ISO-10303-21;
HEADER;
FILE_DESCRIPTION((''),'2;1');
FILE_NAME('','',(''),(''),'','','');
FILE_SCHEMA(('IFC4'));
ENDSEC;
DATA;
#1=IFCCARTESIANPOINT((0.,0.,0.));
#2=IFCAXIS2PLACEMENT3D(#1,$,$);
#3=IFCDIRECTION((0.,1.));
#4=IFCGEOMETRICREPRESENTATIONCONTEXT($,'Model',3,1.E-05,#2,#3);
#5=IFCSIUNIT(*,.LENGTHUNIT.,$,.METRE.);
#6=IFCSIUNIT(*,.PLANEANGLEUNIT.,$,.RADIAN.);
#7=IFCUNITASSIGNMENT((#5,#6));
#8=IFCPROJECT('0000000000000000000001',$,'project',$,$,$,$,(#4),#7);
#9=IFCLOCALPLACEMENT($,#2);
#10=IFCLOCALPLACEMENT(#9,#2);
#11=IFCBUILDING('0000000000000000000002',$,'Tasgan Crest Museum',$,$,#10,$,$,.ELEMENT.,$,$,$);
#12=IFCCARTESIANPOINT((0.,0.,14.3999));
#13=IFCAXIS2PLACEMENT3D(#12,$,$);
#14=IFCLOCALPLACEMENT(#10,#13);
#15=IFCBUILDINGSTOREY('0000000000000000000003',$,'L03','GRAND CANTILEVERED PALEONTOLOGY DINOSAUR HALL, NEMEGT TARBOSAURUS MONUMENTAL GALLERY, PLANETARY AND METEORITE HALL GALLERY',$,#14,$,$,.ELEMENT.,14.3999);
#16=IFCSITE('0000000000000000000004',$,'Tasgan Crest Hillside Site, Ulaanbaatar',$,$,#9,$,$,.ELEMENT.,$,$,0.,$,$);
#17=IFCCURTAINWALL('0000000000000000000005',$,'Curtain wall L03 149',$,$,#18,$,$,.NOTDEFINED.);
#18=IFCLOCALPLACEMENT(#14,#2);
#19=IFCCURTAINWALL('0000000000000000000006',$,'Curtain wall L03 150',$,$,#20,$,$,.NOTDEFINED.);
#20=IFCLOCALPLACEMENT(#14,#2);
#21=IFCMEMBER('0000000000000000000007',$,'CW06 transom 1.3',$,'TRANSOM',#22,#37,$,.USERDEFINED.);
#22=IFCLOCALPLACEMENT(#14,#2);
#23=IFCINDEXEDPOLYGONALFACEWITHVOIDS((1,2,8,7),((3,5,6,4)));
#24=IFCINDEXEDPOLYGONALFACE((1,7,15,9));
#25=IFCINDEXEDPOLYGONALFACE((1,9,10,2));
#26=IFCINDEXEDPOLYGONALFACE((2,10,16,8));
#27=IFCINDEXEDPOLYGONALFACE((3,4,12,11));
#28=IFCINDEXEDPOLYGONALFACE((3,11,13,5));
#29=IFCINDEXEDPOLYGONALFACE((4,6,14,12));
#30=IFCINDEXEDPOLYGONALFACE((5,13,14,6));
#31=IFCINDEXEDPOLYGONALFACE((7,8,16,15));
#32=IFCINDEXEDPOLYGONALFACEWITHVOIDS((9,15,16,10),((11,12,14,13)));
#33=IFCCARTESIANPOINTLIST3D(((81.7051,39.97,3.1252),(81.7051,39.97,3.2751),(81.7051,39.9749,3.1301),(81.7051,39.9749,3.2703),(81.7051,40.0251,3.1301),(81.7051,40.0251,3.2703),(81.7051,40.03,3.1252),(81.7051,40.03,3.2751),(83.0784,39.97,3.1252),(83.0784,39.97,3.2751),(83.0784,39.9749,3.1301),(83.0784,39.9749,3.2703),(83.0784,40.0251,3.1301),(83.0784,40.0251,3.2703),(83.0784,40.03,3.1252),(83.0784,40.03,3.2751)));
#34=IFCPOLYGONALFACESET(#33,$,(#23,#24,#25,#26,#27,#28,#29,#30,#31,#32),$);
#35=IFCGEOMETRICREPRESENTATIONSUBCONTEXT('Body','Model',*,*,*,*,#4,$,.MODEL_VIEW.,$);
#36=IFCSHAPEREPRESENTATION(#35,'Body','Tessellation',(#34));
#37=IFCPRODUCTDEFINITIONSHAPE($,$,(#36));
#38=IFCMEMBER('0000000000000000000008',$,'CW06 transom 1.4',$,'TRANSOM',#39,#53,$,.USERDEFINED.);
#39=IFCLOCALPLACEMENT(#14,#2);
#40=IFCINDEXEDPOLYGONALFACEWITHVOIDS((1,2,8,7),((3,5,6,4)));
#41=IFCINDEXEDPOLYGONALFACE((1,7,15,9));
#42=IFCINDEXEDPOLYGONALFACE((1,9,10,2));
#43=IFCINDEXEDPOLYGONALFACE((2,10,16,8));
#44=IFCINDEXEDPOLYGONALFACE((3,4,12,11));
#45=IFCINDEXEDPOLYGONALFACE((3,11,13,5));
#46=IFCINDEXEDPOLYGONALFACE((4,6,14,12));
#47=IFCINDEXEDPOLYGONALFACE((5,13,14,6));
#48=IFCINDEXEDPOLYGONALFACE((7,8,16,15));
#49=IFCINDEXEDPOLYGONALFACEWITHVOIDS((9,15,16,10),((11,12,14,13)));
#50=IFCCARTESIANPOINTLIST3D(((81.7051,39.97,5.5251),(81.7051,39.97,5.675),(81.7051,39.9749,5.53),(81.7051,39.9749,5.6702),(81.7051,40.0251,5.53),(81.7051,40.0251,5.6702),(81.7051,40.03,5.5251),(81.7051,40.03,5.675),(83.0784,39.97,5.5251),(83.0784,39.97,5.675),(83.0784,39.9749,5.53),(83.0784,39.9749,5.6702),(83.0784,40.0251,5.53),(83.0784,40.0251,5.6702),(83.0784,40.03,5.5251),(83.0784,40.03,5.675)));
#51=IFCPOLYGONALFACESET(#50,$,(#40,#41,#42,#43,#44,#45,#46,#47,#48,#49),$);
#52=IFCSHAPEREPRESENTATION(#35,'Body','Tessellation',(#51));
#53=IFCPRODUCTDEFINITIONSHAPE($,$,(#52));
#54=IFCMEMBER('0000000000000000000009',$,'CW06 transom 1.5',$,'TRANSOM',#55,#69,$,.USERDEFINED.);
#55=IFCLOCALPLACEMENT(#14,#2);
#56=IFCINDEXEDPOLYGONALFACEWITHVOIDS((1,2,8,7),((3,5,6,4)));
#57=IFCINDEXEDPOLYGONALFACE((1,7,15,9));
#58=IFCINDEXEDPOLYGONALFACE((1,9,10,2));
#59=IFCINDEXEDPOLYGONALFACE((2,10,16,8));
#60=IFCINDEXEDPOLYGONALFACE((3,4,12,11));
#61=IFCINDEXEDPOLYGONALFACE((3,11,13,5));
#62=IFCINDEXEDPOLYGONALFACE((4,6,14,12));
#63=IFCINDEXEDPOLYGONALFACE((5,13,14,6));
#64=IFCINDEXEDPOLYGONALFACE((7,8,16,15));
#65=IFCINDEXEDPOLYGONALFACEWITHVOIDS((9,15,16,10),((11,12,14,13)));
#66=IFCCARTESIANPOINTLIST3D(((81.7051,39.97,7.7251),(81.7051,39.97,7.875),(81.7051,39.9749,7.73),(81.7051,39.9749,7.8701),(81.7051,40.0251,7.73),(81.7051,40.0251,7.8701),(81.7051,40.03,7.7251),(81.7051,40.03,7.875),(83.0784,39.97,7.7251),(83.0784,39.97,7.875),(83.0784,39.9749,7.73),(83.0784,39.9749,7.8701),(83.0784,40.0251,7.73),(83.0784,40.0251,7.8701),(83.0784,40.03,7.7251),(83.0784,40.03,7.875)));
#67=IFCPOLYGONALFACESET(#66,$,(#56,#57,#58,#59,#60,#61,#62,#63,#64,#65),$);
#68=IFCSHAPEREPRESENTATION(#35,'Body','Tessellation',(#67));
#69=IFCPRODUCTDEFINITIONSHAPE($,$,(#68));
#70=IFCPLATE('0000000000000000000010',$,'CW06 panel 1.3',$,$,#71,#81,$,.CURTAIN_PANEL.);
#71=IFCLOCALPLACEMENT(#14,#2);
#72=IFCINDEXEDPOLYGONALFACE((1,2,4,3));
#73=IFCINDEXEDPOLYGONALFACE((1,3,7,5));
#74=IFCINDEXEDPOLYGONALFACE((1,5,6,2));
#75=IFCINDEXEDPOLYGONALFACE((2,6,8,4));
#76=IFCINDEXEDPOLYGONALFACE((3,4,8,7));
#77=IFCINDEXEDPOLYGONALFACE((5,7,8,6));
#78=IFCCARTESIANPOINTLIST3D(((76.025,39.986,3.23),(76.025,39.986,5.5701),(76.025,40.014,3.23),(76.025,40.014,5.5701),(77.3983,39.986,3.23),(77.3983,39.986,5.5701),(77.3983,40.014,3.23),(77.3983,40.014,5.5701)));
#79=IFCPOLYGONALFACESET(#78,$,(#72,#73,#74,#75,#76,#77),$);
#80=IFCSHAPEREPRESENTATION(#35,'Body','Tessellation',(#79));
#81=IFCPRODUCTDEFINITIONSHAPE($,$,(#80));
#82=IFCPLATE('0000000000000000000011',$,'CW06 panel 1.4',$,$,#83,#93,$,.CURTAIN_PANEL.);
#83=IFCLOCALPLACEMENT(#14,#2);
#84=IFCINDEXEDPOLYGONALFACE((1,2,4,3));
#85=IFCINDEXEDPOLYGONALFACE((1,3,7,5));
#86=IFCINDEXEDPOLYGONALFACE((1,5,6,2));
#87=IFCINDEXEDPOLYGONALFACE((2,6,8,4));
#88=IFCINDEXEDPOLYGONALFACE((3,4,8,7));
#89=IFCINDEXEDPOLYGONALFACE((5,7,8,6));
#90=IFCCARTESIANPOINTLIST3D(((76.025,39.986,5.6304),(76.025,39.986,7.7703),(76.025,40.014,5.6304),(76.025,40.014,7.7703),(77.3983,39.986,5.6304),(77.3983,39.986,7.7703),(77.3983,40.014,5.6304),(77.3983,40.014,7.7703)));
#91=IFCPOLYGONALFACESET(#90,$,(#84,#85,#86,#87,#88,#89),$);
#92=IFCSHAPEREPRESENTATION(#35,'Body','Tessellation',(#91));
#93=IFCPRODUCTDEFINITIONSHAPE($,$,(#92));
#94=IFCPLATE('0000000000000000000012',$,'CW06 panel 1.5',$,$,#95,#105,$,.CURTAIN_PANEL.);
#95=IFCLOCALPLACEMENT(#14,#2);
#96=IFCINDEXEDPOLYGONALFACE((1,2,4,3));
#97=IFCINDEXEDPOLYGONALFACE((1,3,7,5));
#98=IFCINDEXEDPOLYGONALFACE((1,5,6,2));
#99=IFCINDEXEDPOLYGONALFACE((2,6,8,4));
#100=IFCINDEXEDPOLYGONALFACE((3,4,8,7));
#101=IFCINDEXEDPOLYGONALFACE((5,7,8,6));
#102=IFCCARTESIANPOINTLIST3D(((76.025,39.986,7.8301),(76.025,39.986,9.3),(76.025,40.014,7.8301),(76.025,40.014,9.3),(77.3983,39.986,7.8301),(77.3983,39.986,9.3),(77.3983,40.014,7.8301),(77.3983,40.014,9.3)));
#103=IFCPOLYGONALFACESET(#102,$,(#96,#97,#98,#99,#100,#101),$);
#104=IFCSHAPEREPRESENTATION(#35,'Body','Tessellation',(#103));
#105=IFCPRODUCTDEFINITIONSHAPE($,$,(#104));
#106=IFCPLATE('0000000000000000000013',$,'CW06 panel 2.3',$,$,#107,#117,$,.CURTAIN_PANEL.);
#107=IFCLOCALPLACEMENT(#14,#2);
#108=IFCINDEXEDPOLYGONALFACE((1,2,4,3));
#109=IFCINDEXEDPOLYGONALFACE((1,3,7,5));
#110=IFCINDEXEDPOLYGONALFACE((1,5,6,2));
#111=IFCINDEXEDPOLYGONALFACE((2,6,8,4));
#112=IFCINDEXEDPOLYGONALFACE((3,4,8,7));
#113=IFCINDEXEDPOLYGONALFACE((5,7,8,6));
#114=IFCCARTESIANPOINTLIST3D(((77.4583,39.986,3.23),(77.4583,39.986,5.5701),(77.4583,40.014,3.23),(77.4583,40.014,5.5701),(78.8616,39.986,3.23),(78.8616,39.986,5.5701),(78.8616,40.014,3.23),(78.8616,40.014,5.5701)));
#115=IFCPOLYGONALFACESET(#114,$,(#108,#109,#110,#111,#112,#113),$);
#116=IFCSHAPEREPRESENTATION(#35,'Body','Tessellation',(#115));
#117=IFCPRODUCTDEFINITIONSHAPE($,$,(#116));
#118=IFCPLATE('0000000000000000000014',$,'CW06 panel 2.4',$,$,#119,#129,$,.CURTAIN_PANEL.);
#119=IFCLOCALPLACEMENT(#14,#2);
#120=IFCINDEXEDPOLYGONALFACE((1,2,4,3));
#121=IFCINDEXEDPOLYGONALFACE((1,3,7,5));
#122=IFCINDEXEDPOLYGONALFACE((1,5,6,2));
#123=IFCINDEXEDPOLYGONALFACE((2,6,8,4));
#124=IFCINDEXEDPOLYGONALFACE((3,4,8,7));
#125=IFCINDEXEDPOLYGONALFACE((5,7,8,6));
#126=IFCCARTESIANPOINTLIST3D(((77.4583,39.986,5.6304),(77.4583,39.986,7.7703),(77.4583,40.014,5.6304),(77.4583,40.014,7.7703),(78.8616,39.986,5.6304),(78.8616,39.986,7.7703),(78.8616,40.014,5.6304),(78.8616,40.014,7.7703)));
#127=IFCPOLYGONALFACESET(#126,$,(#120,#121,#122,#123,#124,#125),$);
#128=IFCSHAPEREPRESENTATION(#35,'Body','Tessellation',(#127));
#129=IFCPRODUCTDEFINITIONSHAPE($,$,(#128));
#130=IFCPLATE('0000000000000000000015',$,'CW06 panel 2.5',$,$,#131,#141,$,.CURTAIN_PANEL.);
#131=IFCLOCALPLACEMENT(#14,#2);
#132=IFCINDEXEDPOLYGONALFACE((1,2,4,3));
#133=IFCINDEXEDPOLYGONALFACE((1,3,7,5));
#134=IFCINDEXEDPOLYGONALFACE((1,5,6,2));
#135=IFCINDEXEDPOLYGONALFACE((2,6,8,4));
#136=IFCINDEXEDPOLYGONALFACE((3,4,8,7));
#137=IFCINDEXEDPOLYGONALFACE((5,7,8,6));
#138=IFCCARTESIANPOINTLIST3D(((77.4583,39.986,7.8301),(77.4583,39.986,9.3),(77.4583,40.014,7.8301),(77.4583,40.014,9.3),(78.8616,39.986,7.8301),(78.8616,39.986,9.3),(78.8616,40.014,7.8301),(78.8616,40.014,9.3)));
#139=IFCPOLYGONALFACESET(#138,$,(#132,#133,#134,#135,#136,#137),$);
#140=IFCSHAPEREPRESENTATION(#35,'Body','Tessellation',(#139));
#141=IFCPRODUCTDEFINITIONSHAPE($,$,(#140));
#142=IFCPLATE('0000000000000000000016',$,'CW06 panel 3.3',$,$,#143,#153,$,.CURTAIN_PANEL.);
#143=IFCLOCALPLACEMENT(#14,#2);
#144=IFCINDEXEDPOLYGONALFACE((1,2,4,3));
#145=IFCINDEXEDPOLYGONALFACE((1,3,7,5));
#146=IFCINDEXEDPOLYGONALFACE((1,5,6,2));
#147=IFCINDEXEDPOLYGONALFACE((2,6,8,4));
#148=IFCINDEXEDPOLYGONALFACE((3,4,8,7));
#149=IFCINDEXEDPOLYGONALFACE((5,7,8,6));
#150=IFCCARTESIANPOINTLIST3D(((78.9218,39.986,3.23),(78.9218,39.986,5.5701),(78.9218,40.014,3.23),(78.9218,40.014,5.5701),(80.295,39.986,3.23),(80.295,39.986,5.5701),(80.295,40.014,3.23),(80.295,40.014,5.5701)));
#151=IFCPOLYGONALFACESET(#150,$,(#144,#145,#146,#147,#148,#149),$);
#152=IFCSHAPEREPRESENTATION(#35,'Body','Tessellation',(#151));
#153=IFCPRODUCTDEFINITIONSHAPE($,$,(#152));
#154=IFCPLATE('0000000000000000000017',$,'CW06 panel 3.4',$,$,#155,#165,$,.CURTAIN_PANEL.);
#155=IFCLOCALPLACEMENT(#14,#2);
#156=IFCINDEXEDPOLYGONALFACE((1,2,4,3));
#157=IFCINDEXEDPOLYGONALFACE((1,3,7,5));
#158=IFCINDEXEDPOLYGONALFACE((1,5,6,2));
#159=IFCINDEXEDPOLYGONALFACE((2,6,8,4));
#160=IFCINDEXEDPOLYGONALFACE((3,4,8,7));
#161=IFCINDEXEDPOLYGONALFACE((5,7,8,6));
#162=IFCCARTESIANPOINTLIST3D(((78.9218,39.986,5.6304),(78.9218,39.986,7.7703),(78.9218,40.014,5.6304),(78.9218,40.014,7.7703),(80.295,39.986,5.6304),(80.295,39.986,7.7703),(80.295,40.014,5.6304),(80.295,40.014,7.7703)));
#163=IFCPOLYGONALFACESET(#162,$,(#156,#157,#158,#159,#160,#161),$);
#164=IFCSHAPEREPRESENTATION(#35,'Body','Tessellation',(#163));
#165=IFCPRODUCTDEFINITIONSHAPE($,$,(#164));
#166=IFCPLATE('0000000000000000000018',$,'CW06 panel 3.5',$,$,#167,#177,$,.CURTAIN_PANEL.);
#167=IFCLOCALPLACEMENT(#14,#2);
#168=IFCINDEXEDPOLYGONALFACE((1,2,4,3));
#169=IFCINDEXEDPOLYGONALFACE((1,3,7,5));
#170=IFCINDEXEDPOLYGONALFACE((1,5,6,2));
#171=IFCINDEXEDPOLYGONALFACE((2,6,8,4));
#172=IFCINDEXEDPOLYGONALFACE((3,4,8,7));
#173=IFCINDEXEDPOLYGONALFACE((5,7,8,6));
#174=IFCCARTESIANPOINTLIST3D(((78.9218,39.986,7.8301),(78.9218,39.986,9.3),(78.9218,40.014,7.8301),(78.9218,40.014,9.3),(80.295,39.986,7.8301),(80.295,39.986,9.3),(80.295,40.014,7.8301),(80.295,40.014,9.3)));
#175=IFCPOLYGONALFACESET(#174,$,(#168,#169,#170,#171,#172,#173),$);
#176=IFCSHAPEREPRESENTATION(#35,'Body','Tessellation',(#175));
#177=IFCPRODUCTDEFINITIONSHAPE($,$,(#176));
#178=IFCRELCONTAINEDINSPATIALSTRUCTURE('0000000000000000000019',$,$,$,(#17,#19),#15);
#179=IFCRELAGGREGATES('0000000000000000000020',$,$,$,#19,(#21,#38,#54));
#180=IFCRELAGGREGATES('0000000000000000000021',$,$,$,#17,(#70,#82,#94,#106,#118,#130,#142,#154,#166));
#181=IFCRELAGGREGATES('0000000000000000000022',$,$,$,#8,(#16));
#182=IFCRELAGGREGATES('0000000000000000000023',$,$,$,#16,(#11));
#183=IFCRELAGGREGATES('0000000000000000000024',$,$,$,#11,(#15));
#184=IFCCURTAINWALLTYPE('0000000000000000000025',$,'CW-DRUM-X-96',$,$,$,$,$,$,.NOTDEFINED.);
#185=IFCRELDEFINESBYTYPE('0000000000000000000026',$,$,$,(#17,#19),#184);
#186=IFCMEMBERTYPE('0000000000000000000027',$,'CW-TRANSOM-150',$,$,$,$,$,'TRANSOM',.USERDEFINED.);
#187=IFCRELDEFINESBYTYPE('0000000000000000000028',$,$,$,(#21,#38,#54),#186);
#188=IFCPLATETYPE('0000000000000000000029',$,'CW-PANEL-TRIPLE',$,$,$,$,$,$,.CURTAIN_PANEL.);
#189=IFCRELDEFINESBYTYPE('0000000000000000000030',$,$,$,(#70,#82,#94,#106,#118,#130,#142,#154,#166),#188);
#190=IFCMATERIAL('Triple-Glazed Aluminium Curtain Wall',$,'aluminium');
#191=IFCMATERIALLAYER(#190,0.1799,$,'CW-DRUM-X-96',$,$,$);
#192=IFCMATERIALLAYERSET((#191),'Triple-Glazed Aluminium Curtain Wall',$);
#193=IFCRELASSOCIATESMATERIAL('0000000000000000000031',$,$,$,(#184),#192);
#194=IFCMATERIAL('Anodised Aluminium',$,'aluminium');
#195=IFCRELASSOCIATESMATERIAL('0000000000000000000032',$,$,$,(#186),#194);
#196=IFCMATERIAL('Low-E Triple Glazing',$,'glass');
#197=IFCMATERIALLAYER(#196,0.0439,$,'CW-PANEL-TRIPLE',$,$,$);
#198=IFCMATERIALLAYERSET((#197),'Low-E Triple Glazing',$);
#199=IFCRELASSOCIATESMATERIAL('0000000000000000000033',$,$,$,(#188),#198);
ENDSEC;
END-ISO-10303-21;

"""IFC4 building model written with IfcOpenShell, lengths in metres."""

from ifc_helpers import new_model, si_unit, direction, frame, origin, origin_2d, place, context, subcontext, project, spatial, rectangle, hollow_rectangle, extrude, material, layer, layer_set, material_profile, profile_set, type_object, element, aggregate, save


model = new_model("IFC4")

# Units and contexts
model_context = context("Model", 3, precision=1e-05, world=origin(), true_north=direction((0.0, 1.0)))
body_context = subcontext(model_context, "Body", "Model", "MODEL_VIEW")
ifc_project = project(units=[si_unit("LENGTHUNIT", "METRE"), si_unit("PLANEANGLEUNIT", "RADIAN")], contexts=[model_context])

# Site, building, storey
site_placement = place(None, origin())
site = spatial("IfcSite", under=ifc_project, at=site_placement, Name="Tasgan Crest Hillside Site, Ulaanbaatar", CompositionType="ELEMENT", RefElevation=0.0)
building_placement = place(site_placement, origin())
building = spatial("IfcBuilding", under=site, at=building_placement, Name="Tasgan Crest Museum", CompositionType="ELEMENT")
storey_placement = place(building_placement, frame((0.0, 0.0, 14.3999)))
storey = spatial("IfcBuildingStorey", under=building, at=storey_placement, Name="L03", Description="GRAND CANTILEVERED PALEONTOLOGY DINOSAUR HALL, NEMEGT TARBOSAURUS MONUMENTAL GALLERY, PLANETARY AND METEORITE HALL GALLERY", CompositionType="ELEMENT", Elevation=14.3999)

# Curtain walls, members
ifc_material_1 = material(Name="Triple-Glazed Aluminium Curtain Wall", Category="aluminium")
ifc_layer_1 = layer(ifc_material_1, 0.1799, Name="CW-DRUM-X-96")
ifc_layer_set_1 = layer_set([ifc_layer_1], Name="Triple-Glazed Aluminium Curtain Wall")
curtain_wall_type = type_object("IfcCurtainWallType", Name="CW-DRUM-X-96", PredefinedType="NOTDEFINED", material=ifc_layer_set_1)
curtain_wall_1_placement = place(storey_placement, origin())
curtain_wall_1 = element("IfcCurtainWall", 1, at=curtain_wall_1_placement, inside=storey, type_object=curtain_wall_type, Name="Curtain wall L03 149", PredefinedType="NOTDEFINED")
ifc_material_2 = material(Name="Anodised Aluminium", Category="aluminium")
ifc_material_profile = material_profile(ifc_material_2, hollow_rectangle(XDim=0.0601, YDim=0.1499, WallThickness=0.0049, at=origin_2d()), Name="ALU TRANSOM 150x60x5")
ifc_profile_set = profile_set([ifc_material_profile], Name="Anodised Aluminium")
member_type = type_object("IfcMemberType", Name="CW-TRANSOM-150", ElementType="TRANSOM", PredefinedType="USERDEFINED", material=ifc_profile_set)
curtain_wall_2_placement = place(storey_placement, origin())
curtain_wall_2 = element("IfcCurtainWall", 2, at=curtain_wall_2_placement, inside=storey, type_object=curtain_wall_type, Name="Curtain wall L03 150", PredefinedType="NOTDEFINED")
member_1_placement = place(storey_placement, frame((81.7051, 40.0, 3.2002), z_axis=(1.0, 0.0, 0.0), x_axis=(0.0, 1.0, 0.0)))
member_1 = element("IfcMember", 3, at=member_1_placement, type_object=member_type, Name="CW06 transom 1.3", ObjectType="TRANSOM", PredefinedType="USERDEFINED", context=body_context, shape_type="SweptSolid", body=[
    extrude(hollow_rectangle(XDim=0.0601, YDim=0.1499, WallThickness=0.0049, at=origin_2d()), origin(), (0.0, 0.0, 1.0), 1.3733),
])
member_2_placement = place(storey_placement, frame((81.7051, 40.0, 5.6001), z_axis=(1.0, 0.0, 0.0), x_axis=(0.0, 1.0, 0.0)))
member_2 = element("IfcMember", 4, at=member_2_placement, type_object=member_type, Name="CW06 transom 1.4", ObjectType="TRANSOM", PredefinedType="USERDEFINED", context=body_context, shape_type="SweptSolid", body=[
    extrude(hollow_rectangle(XDim=0.0601, YDim=0.1499, WallThickness=0.0049, at=origin_2d()), origin(), (0.0, 0.0, 1.0), 1.3733),
])
member_3_placement = place(storey_placement, frame((81.7051, 40.0, 7.8), z_axis=(1.0, 0.0, 0.0), x_axis=(0.0, 1.0, 0.0)))
member_3 = element("IfcMember", 5, at=member_3_placement, type_object=member_type, Name="CW06 transom 1.5", ObjectType="TRANSOM", PredefinedType="USERDEFINED", context=body_context, shape_type="SweptSolid", body=[
    extrude(hollow_rectangle(XDim=0.0601, YDim=0.1499, WallThickness=0.0049, at=origin_2d()), origin(), (0.0, 0.0, 1.0), 1.3733),
])
aggregate(curtain_wall_2, [member_1, member_2, member_3])

# Plates
ifc_material_3 = material(Name="Low-E Triple Glazing", Category="glass")
ifc_layer_2 = layer(ifc_material_3, 0.0439, Name="CW-PANEL-TRIPLE")
ifc_layer_set_2 = layer_set([ifc_layer_2], Name="Low-E Triple Glazing")
plate_type = type_object("IfcPlateType", Name="CW-PANEL-TRIPLE", PredefinedType="CURTAIN_PANEL", material=ifc_layer_set_2)
plate_1_placement = place(storey_placement, frame((76.7117, 40.0, 3.23), z_axis=(0.0, 0.0, 1.0), x_axis=(1.0, 0.0, 0.0)))
plate_1 = element("IfcPlate", 6, at=plate_1_placement, type_object=plate_type, Name="CW06 panel 1.3", PredefinedType="CURTAIN_PANEL", context=body_context, shape_type="SweptSolid", body=[
    extrude(rectangle(XDim=1.3733, YDim=0.0281, at=origin_2d()), origin(), (0.0, 0.0, 1.0), 2.3401),
])
plate_2_placement = place(storey_placement, frame((76.7117, 40.0, 5.6304), z_axis=(0.0, 0.0, 1.0), x_axis=(1.0, 0.0, 0.0)))
plate_2 = element("IfcPlate", 7, at=plate_2_placement, type_object=plate_type, Name="CW06 panel 1.4", PredefinedType="CURTAIN_PANEL", context=body_context, shape_type="SweptSolid", body=[
    extrude(rectangle(XDim=1.3733, YDim=0.0281, at=origin_2d()), origin(), (0.0, 0.0, 1.0), 2.1399),
])
plate_3_placement = place(storey_placement, frame((76.7117, 40.0, 7.8301), z_axis=(0.0, 0.0, 1.0), x_axis=(1.0, 0.0, 0.0)))
plate_3 = element("IfcPlate", 8, at=plate_3_placement, type_object=plate_type, Name="CW06 panel 1.5", PredefinedType="CURTAIN_PANEL", context=body_context, shape_type="SweptSolid", body=[
    extrude(rectangle(XDim=1.3733, YDim=0.0281, at=origin_2d()), origin(), (0.0, 0.0, 1.0), 1.47),
])
plate_4_placement = place(storey_placement, frame((78.1599, 40.0, 3.23), z_axis=(0.0, 0.0, 1.0), x_axis=(1.0, 0.0, 0.0)))
plate_4 = element("IfcPlate", 9, at=plate_4_placement, type_object=plate_type, Name="CW06 panel 2.3", PredefinedType="CURTAIN_PANEL", context=body_context, shape_type="SweptSolid", body=[
    extrude(rectangle(XDim=1.4033, YDim=0.0281, at=origin_2d()), origin(), (0.0, 0.0, 1.0), 2.3401),
])
plate_5_placement = place(storey_placement, frame((78.1599, 40.0, 5.6304), z_axis=(0.0, 0.0, 1.0), x_axis=(1.0, 0.0, 0.0)))
plate_5 = element("IfcPlate", 10, at=plate_5_placement, type_object=plate_type, Name="CW06 panel 2.4", PredefinedType="CURTAIN_PANEL", context=body_context, shape_type="SweptSolid", body=[
    extrude(rectangle(XDim=1.4033, YDim=0.0281, at=origin_2d()), origin(), (0.0, 0.0, 1.0), 2.1399),
])
plate_6_placement = place(storey_placement, frame((78.1599, 40.0, 7.8301), z_axis=(0.0, 0.0, 1.0), x_axis=(1.0, 0.0, 0.0)))
plate_6 = element("IfcPlate", 11, at=plate_6_placement, type_object=plate_type, Name="CW06 panel 2.5", PredefinedType="CURTAIN_PANEL", context=body_context, shape_type="SweptSolid", body=[
    extrude(rectangle(XDim=1.4033, YDim=0.0281, at=origin_2d()), origin(), (0.0, 0.0, 1.0), 1.47),
])
plate_7_placement = place(storey_placement, frame((79.6084, 40.0, 3.23), z_axis=(0.0, 0.0, 1.0), x_axis=(1.0, 0.0, 0.0)))
plate_7 = element("IfcPlate", 12, at=plate_7_placement, type_object=plate_type, Name="CW06 panel 3.3", PredefinedType="CURTAIN_PANEL", context=body_context, shape_type="SweptSolid", body=[
    extrude(rectangle(XDim=1.3733, YDim=0.0281, at=origin_2d()), origin(), (0.0, 0.0, 1.0), 2.3401),
])
plate_8_placement = place(storey_placement, frame((79.6084, 40.0, 5.6304), z_axis=(0.0, 0.0, 1.0), x_axis=(1.0, 0.0, 0.0)))
plate_8 = element("IfcPlate", 13, at=plate_8_placement, type_object=plate_type, Name="CW06 panel 3.4", PredefinedType="CURTAIN_PANEL", context=body_context, shape_type="SweptSolid", body=[
    extrude(rectangle(XDim=1.3733, YDim=0.0281, at=origin_2d()), origin(), (0.0, 0.0, 1.0), 2.1399),
])
plate_9_placement = place(storey_placement, frame((79.6084, 40.0, 7.8301), z_axis=(0.0, 0.0, 1.0), x_axis=(1.0, 0.0, 0.0)))
plate_9 = element("IfcPlate", 14, at=plate_9_placement, type_object=plate_type, Name="CW06 panel 3.5", PredefinedType="CURTAIN_PANEL", context=body_context, shape_type="SweptSolid", body=[
    extrude(rectangle(XDim=1.3733, YDim=0.0281, at=origin_2d()), origin(), (0.0, 0.0, 1.0), 1.47),
])
aggregate(curtain_wall_1, [plate_1, plate_2, plate_3, plate_4, plate_5, plate_6, plate_7, plate_8, plate_9])

save(model, "model.ifc")
